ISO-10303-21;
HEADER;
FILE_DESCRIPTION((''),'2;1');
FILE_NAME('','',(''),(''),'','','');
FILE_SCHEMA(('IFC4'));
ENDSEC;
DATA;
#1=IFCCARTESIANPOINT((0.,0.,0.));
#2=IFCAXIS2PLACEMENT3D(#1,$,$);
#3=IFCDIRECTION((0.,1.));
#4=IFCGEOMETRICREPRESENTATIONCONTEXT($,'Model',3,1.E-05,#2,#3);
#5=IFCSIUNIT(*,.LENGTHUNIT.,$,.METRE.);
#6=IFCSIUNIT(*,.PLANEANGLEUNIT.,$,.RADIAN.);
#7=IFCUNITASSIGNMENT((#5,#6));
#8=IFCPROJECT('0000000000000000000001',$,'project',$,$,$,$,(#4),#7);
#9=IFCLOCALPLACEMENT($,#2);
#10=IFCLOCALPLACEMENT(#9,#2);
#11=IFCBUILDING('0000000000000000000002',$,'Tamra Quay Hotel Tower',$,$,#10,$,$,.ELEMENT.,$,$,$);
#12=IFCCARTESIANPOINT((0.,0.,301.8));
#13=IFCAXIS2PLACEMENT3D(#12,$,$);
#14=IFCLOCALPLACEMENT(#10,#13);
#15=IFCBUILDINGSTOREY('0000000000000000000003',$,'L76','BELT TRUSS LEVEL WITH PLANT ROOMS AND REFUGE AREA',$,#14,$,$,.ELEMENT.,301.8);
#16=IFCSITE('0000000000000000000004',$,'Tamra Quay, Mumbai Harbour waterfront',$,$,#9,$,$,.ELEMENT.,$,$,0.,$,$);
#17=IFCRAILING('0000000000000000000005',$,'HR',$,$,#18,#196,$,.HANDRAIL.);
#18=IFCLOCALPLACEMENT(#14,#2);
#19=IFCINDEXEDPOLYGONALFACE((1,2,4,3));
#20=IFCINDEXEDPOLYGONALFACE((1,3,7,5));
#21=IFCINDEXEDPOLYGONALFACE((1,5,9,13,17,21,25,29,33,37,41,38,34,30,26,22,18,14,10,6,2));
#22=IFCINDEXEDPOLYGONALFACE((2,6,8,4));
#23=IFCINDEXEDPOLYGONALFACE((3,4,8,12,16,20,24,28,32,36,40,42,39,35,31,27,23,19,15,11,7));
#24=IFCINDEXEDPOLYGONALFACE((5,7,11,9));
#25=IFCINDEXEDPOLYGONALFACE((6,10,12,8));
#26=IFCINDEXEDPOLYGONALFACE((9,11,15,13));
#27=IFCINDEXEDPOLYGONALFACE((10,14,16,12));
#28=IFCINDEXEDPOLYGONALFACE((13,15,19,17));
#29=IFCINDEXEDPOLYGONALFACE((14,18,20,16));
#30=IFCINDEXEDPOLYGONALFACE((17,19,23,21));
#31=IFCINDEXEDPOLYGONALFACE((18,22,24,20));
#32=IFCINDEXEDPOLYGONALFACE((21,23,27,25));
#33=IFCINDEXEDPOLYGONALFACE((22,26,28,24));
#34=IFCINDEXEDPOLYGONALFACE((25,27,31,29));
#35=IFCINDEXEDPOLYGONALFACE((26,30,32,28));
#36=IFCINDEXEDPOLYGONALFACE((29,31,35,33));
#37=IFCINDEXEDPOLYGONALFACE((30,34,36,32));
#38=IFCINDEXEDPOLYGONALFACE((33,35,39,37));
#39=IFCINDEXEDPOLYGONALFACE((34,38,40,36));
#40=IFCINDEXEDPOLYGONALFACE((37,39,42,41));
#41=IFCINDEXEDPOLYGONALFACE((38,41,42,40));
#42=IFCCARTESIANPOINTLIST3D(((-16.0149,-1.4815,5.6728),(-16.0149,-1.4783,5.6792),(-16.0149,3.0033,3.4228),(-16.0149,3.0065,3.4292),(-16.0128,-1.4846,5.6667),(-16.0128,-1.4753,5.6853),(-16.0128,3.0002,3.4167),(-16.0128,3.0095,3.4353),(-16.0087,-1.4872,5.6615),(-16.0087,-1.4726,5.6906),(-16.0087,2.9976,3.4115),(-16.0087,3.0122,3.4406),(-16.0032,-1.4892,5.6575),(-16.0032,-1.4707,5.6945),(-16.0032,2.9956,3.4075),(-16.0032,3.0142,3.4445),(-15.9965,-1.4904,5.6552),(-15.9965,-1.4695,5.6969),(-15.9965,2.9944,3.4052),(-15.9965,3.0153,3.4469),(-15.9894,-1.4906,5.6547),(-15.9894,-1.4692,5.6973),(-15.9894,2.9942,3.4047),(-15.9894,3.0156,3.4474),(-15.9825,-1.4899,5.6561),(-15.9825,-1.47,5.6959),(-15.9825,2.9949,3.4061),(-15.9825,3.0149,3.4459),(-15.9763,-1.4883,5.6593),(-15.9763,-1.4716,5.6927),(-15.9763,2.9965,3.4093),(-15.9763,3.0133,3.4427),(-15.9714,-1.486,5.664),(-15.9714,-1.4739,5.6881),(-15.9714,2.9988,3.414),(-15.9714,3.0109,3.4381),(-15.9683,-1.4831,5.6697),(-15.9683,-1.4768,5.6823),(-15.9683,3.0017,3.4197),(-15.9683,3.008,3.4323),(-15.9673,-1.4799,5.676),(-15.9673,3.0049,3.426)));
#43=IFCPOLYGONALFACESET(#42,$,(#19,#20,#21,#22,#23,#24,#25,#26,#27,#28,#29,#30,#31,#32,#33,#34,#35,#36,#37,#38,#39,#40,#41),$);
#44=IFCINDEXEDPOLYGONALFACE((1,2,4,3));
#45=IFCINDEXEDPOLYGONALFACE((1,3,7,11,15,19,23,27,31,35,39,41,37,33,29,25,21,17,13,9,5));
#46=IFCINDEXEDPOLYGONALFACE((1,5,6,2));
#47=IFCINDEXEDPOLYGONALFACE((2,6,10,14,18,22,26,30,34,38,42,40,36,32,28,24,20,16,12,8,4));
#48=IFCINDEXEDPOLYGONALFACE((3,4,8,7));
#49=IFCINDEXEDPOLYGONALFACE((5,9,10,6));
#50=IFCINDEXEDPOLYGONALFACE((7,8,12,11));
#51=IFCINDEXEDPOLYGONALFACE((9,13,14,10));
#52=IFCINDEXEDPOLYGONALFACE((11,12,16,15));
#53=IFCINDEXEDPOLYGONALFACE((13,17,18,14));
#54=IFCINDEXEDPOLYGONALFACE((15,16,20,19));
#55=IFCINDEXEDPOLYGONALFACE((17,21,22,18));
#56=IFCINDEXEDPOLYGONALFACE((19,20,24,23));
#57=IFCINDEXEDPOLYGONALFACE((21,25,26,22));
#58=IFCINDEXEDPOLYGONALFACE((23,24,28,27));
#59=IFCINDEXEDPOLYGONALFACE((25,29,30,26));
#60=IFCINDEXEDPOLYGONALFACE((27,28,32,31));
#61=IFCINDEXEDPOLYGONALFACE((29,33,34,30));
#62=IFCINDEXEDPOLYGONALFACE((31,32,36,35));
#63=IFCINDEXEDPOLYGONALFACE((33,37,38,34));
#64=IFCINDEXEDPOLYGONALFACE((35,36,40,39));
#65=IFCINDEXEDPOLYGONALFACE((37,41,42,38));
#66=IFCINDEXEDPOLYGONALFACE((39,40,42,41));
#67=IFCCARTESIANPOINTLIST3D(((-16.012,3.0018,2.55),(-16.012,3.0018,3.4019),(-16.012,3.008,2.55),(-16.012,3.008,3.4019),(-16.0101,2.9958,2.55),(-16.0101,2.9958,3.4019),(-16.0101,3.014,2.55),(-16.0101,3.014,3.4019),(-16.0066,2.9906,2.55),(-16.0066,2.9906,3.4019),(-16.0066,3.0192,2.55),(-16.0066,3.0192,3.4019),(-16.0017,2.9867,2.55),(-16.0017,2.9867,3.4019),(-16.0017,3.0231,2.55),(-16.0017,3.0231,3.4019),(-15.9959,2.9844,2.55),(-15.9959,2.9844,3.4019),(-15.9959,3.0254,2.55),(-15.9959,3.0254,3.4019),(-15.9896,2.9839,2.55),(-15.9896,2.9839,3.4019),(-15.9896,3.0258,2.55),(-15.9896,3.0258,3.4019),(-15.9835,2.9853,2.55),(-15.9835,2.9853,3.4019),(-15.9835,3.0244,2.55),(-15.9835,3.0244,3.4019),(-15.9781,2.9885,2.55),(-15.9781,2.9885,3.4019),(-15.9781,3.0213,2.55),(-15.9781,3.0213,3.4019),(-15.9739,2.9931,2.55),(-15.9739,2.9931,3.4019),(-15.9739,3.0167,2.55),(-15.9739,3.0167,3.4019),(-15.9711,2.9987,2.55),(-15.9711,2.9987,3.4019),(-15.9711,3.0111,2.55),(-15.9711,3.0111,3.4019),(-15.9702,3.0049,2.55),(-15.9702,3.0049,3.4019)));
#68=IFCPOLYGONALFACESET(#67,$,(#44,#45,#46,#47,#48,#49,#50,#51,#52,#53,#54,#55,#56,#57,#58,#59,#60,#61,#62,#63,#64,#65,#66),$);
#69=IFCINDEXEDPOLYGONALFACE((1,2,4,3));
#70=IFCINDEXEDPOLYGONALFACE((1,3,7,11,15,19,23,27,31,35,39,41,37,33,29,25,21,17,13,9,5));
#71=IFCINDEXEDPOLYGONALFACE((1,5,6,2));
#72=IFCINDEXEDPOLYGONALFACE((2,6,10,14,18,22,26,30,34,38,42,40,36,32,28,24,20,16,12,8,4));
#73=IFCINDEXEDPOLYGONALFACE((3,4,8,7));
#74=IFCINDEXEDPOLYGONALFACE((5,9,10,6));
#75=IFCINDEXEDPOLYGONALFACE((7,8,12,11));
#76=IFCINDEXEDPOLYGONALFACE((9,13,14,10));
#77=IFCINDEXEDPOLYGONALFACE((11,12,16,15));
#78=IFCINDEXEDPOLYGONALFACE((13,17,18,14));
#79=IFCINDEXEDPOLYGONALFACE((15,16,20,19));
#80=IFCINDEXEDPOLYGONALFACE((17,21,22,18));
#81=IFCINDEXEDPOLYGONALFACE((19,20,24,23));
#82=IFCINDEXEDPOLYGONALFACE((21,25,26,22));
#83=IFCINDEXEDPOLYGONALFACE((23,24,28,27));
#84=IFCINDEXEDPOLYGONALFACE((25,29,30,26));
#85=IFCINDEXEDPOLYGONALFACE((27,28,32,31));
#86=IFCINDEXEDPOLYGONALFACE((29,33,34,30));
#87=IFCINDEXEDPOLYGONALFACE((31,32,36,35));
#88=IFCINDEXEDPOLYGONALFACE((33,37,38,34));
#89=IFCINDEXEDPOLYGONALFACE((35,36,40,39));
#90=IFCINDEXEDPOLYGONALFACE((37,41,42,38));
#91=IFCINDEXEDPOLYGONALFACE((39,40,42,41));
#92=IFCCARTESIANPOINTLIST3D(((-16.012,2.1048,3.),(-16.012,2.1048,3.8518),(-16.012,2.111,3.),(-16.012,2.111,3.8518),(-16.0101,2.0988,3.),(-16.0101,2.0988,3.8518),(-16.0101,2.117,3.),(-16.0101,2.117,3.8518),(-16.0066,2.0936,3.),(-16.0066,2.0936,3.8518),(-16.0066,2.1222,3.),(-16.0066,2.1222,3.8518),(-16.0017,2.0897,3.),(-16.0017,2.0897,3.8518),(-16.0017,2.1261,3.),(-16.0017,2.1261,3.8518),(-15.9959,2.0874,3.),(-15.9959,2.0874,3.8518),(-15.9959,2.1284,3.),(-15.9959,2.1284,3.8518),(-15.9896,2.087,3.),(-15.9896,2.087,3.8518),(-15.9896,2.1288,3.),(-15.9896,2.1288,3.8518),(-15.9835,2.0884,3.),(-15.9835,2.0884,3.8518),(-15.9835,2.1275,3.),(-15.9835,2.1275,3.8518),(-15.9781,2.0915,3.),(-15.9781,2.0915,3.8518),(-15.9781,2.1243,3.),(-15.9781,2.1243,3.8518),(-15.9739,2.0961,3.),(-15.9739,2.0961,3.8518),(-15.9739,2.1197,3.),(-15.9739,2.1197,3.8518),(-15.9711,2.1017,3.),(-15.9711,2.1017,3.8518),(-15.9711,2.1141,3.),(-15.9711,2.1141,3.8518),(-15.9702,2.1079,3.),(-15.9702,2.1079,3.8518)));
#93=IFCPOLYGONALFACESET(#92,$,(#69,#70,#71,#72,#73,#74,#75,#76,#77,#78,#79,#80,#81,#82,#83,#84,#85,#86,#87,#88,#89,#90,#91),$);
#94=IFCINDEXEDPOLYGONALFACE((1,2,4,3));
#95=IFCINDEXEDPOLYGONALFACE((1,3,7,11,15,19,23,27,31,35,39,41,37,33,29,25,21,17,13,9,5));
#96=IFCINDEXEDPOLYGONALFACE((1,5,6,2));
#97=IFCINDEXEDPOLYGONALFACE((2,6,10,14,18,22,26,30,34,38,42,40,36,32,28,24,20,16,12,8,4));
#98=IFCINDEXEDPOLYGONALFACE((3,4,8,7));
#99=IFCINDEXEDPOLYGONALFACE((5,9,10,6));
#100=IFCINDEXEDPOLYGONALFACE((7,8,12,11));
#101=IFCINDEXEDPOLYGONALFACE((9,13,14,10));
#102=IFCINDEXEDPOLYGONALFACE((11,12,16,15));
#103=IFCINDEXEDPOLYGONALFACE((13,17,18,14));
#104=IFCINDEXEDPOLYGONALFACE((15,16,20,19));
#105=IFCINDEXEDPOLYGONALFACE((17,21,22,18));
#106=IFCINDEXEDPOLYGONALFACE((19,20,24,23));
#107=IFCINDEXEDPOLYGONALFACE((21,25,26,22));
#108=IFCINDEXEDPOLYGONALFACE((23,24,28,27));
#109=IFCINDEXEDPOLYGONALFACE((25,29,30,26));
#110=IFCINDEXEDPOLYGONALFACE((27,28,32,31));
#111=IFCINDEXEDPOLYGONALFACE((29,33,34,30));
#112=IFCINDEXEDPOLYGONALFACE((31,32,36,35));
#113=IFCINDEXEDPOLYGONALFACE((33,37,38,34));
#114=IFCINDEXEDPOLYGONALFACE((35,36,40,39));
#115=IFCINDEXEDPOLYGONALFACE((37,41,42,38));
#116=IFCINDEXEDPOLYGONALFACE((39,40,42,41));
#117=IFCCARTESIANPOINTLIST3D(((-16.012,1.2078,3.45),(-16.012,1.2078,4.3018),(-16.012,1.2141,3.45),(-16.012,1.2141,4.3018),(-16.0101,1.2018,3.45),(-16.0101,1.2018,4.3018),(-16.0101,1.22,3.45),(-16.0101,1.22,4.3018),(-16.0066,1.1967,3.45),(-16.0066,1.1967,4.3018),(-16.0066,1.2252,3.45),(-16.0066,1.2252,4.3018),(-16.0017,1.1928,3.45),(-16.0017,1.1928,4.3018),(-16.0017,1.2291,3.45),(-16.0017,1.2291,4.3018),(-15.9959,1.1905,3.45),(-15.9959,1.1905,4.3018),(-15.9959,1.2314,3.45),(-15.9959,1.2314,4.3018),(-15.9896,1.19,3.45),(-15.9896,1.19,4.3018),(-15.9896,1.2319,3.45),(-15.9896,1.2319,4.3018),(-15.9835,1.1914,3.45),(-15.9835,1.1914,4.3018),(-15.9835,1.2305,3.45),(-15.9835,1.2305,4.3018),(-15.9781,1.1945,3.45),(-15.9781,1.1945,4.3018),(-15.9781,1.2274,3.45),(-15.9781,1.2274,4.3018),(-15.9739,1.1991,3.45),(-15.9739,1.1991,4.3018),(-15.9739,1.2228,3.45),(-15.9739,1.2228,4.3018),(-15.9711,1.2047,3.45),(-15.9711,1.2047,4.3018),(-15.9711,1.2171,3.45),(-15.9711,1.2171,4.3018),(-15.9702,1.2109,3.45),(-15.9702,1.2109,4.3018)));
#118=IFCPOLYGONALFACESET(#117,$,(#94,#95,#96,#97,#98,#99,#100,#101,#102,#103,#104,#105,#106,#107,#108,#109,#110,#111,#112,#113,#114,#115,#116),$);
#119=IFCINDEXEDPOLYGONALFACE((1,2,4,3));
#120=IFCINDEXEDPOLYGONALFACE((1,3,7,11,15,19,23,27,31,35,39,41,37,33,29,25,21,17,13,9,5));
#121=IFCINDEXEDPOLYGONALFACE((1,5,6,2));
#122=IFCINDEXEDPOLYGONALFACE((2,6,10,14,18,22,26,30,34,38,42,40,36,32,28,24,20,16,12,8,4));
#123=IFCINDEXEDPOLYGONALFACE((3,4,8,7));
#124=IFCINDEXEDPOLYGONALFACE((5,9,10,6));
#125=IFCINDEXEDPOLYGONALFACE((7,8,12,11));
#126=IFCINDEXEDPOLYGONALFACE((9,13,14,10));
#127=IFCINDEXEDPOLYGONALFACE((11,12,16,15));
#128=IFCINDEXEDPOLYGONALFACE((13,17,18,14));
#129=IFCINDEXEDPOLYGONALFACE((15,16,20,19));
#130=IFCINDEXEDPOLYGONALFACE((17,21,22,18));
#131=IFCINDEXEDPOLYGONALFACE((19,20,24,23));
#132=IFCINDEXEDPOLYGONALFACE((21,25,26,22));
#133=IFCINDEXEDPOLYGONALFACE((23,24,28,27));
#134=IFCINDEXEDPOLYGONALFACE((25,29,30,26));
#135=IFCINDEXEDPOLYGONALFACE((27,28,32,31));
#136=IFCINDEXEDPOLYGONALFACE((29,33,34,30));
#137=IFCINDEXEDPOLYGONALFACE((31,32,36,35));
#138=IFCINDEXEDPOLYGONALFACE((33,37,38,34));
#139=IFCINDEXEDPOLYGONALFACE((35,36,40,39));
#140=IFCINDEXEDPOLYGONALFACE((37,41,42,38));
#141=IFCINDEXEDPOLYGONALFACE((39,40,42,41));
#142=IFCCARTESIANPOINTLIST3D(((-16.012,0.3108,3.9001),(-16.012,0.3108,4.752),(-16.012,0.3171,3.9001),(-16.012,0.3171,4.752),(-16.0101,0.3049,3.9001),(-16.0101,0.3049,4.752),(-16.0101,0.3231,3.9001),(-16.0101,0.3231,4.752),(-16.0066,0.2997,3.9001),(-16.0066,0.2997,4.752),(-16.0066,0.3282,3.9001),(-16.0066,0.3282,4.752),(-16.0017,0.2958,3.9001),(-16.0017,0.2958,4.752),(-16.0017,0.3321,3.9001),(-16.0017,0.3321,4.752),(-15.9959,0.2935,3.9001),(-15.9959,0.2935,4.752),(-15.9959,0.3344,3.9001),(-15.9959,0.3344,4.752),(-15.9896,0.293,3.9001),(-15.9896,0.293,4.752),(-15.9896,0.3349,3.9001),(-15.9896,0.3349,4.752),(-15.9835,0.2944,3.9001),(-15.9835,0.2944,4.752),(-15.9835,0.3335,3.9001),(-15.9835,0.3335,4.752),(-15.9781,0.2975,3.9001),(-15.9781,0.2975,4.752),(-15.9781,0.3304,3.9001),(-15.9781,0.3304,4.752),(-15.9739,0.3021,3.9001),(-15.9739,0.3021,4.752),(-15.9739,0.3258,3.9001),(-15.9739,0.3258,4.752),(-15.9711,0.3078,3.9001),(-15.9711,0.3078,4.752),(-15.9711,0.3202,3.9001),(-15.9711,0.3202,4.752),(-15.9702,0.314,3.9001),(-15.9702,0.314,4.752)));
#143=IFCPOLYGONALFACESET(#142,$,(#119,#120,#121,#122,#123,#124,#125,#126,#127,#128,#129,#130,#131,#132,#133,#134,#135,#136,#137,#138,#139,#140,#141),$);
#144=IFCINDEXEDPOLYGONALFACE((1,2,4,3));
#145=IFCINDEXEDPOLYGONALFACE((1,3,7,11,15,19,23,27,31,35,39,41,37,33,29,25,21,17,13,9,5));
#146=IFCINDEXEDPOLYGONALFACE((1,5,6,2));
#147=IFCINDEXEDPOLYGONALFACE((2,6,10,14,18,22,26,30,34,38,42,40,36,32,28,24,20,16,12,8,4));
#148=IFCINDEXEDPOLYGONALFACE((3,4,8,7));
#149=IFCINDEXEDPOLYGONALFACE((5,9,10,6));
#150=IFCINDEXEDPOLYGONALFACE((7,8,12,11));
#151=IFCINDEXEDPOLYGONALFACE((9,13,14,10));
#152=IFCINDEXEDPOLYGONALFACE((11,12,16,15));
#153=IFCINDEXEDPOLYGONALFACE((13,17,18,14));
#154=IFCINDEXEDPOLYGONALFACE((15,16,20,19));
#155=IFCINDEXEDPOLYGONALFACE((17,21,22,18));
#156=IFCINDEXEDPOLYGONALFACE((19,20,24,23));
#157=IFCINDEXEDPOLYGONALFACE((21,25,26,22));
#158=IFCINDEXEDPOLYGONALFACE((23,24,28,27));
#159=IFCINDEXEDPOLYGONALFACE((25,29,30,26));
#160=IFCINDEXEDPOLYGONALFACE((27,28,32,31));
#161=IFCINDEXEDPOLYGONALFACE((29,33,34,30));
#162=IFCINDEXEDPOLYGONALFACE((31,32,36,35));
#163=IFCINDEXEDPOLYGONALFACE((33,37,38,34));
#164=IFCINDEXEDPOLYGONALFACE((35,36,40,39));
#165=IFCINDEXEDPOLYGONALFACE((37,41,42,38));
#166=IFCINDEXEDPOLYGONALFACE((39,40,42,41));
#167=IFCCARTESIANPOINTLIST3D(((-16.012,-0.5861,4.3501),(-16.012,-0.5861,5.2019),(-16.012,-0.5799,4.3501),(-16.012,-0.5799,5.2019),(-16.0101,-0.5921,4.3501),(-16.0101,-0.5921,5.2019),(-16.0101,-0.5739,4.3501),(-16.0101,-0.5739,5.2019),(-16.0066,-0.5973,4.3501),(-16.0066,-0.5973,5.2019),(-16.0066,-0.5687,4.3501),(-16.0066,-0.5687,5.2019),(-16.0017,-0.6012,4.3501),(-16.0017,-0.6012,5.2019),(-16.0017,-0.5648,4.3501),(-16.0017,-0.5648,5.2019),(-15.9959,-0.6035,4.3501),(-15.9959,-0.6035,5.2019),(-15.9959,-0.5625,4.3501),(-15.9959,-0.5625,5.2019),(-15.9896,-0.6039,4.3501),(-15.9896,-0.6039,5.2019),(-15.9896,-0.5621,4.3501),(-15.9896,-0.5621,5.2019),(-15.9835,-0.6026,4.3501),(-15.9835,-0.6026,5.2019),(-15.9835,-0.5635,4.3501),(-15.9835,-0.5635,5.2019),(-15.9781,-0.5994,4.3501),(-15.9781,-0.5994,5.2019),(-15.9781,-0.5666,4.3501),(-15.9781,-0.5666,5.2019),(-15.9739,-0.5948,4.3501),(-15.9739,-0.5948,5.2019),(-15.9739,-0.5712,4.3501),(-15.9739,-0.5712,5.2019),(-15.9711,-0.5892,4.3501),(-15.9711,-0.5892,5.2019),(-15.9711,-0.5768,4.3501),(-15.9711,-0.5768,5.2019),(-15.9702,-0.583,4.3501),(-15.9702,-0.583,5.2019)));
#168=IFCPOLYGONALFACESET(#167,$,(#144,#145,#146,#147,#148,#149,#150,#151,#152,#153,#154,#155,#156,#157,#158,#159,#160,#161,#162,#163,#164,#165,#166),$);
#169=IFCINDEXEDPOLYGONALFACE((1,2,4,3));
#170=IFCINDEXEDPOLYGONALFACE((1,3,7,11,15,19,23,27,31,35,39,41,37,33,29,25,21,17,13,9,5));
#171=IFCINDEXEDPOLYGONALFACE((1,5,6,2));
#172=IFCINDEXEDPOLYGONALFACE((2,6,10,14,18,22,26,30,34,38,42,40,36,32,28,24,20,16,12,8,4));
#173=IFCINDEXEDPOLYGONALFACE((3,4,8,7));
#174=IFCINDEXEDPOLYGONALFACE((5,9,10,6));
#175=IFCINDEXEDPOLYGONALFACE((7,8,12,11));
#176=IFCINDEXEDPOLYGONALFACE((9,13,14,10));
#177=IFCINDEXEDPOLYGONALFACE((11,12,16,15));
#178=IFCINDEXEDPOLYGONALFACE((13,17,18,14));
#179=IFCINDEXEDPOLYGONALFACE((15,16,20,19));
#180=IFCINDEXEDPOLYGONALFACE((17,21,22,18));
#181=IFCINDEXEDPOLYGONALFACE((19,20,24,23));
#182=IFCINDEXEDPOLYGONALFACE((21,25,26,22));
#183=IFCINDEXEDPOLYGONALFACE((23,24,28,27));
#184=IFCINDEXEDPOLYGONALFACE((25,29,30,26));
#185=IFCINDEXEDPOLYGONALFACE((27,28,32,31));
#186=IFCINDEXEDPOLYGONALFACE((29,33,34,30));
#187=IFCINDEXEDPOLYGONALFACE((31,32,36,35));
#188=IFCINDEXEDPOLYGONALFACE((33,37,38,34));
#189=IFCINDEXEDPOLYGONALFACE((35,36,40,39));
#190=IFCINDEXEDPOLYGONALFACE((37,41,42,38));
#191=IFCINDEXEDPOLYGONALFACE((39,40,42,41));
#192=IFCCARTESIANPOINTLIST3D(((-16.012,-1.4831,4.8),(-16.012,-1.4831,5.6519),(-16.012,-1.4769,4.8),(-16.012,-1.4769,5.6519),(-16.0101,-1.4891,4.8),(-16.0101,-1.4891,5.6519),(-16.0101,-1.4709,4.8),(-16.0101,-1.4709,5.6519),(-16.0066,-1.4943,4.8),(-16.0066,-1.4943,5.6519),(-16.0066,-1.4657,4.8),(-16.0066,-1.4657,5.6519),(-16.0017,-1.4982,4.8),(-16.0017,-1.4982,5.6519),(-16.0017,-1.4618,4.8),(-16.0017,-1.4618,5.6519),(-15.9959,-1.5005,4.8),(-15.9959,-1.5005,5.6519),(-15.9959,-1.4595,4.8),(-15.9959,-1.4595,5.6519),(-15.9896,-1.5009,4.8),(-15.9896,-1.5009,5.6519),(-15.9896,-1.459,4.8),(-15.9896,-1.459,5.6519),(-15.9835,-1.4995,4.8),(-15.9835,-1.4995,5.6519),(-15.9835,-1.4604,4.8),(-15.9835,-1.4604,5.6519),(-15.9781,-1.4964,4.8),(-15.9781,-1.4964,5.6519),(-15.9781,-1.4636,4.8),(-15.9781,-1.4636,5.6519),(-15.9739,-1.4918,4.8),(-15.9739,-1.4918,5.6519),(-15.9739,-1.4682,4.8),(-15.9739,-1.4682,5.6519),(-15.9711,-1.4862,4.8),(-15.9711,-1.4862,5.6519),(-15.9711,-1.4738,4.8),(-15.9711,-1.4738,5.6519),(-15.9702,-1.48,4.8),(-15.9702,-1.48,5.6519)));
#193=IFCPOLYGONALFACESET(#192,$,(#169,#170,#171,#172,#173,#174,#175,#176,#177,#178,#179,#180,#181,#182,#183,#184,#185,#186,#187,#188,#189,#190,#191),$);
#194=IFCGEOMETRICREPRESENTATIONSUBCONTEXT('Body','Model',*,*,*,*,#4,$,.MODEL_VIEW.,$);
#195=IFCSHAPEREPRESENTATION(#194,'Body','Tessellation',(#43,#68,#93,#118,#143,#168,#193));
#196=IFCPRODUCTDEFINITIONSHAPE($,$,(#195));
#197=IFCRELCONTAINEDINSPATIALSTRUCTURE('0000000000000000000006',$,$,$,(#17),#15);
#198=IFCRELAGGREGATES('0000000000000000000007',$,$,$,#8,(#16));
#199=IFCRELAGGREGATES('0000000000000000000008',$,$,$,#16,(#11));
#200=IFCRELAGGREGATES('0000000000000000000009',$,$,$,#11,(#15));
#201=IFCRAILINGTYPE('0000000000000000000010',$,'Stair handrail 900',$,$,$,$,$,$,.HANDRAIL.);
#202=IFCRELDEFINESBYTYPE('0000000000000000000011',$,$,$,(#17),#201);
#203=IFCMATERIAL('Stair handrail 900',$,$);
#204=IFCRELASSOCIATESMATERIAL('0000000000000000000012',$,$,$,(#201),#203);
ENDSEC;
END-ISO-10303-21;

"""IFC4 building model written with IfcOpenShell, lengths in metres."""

from ifc_helpers import new_model, si_unit, direction, frame, origin, origin_2d, place, context, subcontext, project, spatial, circle, extrude, material, type_object, element, save


model = new_model("IFC4")

# Units and contexts
model_context = context("Model", 3, precision=1e-05, world=origin(), true_north=direction((0.0, 1.0)))
body_context = subcontext(model_context, "Body", "Model", "MODEL_VIEW")
ifc_project = project(units=[si_unit("LENGTHUNIT", "METRE"), si_unit("PLANEANGLEUNIT", "RADIAN")], contexts=[model_context])

# Site, building, storey
site_placement = place(None, origin())
site = spatial("IfcSite", under=ifc_project, at=site_placement, Name="Tamra Quay, Mumbai Harbour waterfront", CompositionType="ELEMENT", RefElevation=0.0)
building_placement = place(site_placement, origin())
building = spatial("IfcBuilding", under=site, at=building_placement, Name="Tamra Quay Hotel Tower", CompositionType="ELEMENT")
storey_placement = place(building_placement, frame((0.0, 0.0, 301.8)))
storey = spatial("IfcBuildingStorey", under=building, at=storey_placement, Name="L76", Description="BELT TRUSS LEVEL WITH PLANT ROOMS AND REFUGE AREA", CompositionType="ELEMENT", Elevation=301.8)

# Railing
ifc_material_1 = material(Name="Stair handrail 900")
railing_type = type_object("IfcRailingType", Name="Stair handrail 900", PredefinedType="HANDRAIL", material=ifc_material_1)
railing_placement = place(storey_placement, frame((-15.9912, 3.0049, 2.55)))
element("IfcRailing", 1, at=railing_placement, inside=storey, type_object=railing_type, Name="HR", PredefinedType="HANDRAIL", context=body_context, shape_type="SweptSolid", body=[
    extrude(circle(Radius=0.0239, at=origin_2d()), frame((0.0, 0.0, 0.876), z_axis=(0.0, -0.893823, 0.44842), x_axis=(1.0, 0.0, 0.0)), (0.0, 0.0, 1.0), 5.0176),
    extrude(circle(Radius=0.021, at=origin_2d()), origin(), (0.0, 0.0, 1.0), 0.8518),
    extrude(circle(Radius=0.021, at=origin_2d()), frame((0.0, -0.897, 0.45)), (0.0, 0.0, 1.0), 0.8518),
    extrude(circle(Radius=0.021, at=origin_2d()), frame((0.0, -1.7939, 0.8999)), (0.0, 0.0, 1.0), 0.8518),
    extrude(circle(Radius=0.021, at=origin_2d()), frame((0.0, -2.6909, 1.3501)), (0.0, 0.0, 1.0), 0.8518),
    extrude(circle(Radius=0.021, at=origin_2d()), frame((0.0, -3.5879, 1.8)), (0.0, 0.0, 1.0), 0.8518),
    extrude(circle(Radius=0.021, at=origin_2d()), frame((0.0, -4.4849, 2.25)), (0.0, 0.0, 1.0), 0.8518),
])

save(model, "model.ifc")
